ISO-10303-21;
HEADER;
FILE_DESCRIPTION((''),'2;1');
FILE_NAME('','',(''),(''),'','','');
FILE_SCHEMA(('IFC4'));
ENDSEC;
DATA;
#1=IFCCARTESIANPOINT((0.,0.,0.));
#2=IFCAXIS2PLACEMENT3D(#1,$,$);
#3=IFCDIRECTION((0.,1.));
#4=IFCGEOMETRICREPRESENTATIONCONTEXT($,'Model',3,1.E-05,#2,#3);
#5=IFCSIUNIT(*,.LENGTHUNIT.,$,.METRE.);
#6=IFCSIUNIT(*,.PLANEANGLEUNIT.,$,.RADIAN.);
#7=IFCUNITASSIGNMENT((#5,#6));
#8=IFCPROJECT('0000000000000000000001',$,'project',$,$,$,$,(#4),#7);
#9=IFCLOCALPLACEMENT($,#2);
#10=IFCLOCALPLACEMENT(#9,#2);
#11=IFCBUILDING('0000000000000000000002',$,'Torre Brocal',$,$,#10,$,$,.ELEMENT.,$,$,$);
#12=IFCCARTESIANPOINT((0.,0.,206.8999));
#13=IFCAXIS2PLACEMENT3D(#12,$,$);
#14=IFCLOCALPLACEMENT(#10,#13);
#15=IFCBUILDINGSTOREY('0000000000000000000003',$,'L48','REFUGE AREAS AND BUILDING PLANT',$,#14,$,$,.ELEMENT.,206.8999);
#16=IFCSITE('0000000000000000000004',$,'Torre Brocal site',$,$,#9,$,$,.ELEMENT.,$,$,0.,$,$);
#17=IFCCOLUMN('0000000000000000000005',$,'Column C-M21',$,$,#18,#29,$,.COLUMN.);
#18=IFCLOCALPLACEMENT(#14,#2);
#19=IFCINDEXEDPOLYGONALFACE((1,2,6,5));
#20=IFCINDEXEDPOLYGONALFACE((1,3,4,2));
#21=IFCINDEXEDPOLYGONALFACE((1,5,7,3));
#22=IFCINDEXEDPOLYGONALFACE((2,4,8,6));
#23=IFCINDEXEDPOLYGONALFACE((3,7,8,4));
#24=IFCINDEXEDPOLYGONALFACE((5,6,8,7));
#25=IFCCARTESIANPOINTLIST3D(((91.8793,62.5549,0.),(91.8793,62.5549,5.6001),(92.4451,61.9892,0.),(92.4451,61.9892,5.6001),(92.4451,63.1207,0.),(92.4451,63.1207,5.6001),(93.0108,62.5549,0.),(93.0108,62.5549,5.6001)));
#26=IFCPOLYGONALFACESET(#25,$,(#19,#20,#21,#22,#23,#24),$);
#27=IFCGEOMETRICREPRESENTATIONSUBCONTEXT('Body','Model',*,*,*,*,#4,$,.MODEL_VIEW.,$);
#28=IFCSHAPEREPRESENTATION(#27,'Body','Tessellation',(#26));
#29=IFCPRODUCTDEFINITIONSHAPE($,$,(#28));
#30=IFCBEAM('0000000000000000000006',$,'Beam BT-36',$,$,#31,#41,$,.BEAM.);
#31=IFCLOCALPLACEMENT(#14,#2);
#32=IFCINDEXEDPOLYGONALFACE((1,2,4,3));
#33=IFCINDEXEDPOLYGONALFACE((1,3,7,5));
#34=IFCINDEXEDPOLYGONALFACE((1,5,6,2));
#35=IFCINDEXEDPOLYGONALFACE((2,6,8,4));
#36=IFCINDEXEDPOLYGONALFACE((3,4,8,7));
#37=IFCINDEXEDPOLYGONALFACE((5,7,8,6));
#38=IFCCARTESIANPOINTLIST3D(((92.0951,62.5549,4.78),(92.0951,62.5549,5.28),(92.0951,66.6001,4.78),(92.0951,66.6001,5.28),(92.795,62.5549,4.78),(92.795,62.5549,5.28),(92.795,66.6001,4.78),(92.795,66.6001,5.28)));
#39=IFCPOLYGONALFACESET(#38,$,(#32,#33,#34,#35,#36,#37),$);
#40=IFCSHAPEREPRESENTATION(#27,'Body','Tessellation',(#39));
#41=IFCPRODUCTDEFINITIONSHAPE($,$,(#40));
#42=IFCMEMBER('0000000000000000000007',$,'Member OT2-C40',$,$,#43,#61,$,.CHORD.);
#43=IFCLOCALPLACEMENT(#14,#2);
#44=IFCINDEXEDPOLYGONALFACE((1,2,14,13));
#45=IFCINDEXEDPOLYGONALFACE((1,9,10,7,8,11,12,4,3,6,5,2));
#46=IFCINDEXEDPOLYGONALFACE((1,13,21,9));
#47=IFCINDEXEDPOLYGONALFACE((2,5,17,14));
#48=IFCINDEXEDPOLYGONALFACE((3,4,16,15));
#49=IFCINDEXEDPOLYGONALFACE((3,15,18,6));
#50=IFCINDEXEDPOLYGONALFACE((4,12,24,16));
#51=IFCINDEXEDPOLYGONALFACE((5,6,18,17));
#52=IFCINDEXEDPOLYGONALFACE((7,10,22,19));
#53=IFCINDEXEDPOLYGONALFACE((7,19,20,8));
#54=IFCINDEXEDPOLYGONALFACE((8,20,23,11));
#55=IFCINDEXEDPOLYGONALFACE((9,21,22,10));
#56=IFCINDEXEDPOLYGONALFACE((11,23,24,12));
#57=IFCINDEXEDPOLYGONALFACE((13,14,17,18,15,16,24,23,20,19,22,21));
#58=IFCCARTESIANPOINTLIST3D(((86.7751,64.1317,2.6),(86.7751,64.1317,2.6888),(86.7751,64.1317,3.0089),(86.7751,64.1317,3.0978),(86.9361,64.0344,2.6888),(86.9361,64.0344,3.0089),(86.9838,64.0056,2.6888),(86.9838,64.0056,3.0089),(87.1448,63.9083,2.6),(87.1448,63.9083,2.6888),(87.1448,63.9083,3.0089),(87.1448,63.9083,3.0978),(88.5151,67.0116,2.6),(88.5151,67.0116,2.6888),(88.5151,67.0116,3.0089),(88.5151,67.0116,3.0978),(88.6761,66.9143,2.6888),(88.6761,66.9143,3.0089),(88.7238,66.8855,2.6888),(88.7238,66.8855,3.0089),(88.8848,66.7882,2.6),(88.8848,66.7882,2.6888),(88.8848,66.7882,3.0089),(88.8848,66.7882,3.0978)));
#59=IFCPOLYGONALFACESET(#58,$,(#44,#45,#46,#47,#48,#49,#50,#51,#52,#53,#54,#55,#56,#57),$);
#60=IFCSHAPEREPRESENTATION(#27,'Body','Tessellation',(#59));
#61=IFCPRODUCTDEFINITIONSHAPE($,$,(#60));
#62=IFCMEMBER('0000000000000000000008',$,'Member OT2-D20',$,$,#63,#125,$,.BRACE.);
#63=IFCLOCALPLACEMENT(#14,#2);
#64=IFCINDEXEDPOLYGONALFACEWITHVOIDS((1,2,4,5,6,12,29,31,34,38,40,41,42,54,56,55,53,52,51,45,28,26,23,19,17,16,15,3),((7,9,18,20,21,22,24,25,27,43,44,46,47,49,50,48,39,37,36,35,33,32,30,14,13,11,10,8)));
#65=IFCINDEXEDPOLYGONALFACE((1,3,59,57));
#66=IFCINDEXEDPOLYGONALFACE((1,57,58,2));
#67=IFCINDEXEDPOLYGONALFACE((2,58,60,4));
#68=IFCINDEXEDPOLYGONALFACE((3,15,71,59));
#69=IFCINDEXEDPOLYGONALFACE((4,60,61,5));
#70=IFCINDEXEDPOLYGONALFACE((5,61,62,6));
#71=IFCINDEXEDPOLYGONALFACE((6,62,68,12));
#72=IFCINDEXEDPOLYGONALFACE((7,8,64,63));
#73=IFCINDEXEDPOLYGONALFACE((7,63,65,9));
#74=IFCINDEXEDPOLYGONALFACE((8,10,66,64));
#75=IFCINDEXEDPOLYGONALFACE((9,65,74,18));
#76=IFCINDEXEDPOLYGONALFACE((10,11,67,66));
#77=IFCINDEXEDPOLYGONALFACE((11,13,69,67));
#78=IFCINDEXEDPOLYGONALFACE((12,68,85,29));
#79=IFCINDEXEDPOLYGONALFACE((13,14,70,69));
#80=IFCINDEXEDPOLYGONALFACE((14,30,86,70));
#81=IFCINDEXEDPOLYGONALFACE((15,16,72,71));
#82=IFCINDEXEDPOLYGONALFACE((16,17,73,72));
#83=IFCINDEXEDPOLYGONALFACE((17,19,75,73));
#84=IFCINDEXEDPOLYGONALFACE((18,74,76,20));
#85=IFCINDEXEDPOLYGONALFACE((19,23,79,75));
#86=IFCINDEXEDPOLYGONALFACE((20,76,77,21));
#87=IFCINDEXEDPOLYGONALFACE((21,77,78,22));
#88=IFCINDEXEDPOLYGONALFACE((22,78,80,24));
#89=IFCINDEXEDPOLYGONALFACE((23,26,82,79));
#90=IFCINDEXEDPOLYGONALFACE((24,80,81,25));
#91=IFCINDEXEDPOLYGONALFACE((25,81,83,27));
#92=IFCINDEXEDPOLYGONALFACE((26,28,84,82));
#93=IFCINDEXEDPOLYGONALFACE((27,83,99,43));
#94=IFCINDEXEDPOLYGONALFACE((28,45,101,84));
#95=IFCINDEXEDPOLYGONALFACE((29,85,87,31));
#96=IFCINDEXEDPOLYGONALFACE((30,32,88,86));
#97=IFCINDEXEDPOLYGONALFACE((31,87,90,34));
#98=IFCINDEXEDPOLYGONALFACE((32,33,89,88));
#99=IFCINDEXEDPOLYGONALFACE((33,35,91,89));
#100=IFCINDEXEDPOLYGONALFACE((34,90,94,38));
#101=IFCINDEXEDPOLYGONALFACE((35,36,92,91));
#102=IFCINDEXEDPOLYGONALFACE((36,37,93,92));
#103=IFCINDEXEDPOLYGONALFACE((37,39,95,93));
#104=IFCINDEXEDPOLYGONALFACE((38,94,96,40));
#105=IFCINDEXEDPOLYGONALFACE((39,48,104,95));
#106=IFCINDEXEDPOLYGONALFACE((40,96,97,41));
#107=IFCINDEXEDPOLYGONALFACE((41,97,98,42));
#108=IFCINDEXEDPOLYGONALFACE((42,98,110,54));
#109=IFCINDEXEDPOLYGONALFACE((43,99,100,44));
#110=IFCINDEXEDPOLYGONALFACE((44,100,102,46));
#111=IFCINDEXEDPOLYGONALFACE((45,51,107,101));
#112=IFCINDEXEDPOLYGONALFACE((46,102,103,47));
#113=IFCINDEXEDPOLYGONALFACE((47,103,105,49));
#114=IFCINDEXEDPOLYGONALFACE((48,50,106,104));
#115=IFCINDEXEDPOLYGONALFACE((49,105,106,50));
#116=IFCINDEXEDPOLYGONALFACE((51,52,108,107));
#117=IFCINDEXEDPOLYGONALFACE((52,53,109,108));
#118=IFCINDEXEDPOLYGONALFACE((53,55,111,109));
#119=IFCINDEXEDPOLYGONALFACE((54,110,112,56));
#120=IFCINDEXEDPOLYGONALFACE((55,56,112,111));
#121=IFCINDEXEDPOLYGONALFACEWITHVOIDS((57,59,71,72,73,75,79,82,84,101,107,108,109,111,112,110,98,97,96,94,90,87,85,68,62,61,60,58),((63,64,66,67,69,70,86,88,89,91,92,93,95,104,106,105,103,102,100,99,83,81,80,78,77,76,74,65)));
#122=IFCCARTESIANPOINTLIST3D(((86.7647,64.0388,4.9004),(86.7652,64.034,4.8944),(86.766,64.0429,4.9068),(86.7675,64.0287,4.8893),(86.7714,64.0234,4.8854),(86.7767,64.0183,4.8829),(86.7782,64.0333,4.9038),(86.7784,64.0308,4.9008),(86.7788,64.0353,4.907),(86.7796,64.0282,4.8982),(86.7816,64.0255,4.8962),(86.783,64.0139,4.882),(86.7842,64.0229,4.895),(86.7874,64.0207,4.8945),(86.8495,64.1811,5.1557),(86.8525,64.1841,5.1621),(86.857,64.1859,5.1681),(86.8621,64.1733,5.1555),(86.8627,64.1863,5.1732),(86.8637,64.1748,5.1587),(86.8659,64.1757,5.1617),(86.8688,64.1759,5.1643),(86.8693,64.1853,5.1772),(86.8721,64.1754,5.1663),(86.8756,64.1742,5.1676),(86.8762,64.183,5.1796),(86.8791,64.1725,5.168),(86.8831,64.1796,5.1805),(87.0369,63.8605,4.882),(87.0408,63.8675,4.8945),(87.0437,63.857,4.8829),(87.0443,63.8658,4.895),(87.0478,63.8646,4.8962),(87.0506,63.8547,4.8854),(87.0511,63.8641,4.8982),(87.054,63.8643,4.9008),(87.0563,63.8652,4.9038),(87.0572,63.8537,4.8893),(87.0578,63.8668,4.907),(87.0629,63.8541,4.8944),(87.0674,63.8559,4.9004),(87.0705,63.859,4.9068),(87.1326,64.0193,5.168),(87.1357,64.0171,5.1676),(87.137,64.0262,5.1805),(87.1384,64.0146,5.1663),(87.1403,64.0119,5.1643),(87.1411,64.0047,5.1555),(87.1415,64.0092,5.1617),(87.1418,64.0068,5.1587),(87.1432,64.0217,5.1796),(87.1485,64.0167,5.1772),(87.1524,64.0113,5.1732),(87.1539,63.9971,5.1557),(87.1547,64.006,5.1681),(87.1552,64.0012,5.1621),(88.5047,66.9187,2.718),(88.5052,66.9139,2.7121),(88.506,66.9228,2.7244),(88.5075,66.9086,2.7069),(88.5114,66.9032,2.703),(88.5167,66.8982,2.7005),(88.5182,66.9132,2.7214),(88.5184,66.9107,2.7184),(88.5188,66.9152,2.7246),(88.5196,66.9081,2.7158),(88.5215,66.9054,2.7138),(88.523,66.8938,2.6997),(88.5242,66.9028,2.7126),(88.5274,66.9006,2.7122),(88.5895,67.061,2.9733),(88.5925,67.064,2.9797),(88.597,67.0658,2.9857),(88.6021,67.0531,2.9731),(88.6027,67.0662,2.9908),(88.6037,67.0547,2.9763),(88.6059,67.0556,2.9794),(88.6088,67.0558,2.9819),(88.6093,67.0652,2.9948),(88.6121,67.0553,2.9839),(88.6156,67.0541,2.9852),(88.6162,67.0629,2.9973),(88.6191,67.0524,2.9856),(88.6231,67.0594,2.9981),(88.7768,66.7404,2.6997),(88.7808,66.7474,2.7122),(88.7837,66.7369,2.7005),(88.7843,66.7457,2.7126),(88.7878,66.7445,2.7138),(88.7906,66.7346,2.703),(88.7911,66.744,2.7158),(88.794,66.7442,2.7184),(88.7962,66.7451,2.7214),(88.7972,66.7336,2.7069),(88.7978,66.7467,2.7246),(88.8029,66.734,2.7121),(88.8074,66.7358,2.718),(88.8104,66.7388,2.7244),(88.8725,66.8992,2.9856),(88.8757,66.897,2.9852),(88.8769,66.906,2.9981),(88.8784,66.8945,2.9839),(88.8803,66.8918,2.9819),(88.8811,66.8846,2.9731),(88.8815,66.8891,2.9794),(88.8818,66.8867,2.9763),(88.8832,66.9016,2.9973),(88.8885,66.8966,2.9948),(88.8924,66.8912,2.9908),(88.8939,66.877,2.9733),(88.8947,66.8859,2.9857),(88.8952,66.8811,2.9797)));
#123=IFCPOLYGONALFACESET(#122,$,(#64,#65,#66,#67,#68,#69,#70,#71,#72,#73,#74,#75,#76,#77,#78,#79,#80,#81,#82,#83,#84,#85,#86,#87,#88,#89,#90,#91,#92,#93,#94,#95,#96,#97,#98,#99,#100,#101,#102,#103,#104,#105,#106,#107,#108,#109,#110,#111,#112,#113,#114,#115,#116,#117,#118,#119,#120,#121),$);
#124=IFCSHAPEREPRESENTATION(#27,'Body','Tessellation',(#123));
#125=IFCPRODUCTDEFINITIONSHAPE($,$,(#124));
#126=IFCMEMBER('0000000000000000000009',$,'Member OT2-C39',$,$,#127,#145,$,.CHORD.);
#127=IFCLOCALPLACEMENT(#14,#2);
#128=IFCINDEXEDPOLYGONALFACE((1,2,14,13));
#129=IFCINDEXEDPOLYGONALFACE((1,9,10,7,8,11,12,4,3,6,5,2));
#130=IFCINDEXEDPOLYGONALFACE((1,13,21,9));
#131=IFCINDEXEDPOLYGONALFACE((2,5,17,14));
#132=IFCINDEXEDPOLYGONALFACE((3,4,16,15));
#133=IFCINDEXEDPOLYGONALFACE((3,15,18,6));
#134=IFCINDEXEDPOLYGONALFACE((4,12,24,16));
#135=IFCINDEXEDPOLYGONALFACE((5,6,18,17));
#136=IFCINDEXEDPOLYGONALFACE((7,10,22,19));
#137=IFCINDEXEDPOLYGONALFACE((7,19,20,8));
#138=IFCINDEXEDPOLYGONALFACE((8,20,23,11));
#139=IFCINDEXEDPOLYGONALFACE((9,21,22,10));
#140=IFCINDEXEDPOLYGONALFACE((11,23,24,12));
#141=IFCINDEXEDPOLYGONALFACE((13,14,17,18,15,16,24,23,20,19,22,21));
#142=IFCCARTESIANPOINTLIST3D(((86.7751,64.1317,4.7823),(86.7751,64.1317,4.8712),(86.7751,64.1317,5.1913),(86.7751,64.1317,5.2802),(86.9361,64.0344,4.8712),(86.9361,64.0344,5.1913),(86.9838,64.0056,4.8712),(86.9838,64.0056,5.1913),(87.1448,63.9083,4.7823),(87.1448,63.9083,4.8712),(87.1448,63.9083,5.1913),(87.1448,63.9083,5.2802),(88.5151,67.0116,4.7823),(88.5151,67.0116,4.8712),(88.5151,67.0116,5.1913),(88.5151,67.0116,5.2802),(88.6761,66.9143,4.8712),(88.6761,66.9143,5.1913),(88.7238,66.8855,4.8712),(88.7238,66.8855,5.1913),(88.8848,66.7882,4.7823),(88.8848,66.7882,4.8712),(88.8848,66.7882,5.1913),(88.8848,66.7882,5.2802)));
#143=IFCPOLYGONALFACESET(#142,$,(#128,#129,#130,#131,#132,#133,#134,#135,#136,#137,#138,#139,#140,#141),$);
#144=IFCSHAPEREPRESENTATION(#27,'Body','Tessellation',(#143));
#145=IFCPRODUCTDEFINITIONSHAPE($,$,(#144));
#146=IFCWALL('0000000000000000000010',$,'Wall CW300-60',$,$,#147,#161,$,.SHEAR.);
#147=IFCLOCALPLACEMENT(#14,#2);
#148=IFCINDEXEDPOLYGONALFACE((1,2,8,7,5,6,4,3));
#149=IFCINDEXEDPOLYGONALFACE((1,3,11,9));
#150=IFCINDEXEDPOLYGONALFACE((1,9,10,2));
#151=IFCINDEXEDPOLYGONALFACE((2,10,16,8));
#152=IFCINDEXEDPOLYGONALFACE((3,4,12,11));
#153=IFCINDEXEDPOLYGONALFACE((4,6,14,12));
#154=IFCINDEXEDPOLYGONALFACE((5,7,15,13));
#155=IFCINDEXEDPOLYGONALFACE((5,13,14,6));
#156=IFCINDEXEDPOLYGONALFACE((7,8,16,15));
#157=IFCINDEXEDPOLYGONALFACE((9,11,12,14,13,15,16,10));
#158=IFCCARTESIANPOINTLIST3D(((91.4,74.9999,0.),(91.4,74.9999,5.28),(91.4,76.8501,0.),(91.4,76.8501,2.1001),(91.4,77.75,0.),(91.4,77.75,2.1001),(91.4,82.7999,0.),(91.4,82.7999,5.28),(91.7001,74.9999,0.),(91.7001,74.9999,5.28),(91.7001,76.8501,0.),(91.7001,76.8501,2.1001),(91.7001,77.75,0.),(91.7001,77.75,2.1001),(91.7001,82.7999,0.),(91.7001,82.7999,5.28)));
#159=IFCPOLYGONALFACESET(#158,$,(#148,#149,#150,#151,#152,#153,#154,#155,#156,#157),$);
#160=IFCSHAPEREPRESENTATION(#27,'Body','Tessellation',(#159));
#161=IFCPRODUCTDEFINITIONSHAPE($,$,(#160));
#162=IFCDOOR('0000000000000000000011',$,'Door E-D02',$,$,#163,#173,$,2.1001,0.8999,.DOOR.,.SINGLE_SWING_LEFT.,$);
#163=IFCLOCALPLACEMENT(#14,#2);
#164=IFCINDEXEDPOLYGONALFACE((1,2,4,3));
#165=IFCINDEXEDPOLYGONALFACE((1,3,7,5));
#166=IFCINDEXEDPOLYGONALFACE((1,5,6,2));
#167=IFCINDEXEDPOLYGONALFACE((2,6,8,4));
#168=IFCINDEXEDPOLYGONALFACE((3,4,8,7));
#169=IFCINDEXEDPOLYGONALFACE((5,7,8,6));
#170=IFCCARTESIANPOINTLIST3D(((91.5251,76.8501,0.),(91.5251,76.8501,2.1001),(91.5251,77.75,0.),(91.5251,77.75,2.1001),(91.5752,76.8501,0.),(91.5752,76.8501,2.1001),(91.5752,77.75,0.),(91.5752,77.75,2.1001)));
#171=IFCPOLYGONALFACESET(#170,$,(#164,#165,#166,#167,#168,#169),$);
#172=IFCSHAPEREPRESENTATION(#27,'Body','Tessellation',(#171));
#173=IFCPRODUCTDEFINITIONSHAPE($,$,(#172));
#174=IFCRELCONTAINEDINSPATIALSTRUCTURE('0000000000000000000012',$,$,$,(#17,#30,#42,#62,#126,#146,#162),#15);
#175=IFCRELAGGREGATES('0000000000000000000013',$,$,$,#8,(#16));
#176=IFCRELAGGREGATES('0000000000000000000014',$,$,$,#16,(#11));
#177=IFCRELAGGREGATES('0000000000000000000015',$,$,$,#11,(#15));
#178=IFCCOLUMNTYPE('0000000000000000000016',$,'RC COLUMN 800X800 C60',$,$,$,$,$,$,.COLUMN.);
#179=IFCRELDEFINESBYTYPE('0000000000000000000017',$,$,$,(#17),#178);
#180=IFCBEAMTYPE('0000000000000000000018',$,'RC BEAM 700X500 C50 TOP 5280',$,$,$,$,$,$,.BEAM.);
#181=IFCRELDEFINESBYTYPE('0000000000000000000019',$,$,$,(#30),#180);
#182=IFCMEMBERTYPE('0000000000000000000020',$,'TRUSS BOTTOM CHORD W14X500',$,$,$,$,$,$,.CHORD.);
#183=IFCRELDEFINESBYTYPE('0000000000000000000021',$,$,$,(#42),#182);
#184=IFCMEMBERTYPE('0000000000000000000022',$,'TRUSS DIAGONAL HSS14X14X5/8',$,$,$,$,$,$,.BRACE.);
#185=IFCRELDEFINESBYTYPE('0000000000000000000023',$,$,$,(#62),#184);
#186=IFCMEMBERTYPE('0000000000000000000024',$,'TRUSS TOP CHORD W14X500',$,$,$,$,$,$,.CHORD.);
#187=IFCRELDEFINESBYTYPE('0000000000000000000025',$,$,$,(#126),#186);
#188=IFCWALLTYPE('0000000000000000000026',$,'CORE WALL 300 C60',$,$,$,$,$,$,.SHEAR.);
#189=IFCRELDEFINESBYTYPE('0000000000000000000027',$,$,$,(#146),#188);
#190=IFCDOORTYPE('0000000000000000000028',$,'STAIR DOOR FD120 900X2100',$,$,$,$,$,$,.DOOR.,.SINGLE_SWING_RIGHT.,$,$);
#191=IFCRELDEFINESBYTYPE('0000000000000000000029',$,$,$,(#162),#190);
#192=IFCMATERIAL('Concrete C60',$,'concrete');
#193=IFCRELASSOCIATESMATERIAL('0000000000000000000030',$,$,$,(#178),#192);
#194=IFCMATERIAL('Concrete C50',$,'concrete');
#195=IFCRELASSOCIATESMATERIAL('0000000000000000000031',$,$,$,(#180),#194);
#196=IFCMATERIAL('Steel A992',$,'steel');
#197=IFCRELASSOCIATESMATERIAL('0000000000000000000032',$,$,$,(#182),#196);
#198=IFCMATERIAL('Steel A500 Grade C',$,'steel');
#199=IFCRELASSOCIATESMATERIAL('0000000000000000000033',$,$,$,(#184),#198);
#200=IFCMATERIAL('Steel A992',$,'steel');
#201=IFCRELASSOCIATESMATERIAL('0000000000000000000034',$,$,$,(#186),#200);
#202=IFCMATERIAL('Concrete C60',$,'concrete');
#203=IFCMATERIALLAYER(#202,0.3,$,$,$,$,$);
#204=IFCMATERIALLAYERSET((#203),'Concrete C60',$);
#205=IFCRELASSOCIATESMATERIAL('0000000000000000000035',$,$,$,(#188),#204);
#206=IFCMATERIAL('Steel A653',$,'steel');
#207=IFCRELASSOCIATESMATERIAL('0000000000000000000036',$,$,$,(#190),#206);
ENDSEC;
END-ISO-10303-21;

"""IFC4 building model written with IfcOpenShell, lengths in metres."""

from ifc_helpers import new_model, si_unit, direction, frame, frame_2d, origin, origin_2d, place, context, subcontext, project, spatial, rectangle, hollow_rectangle, i_section, extrude, material, layer, layer_set, material_profile, profile_set, type_object, element, fill, save


model = new_model("IFC4")

# Units and contexts
model_context = context("Model", 3, precision=1e-05, world=origin(), true_north=direction((0.0, 1.0)))
body_context = subcontext(model_context, "Body", "Model", "MODEL_VIEW")
ifc_project = project(units=[si_unit("LENGTHUNIT", "METRE"), si_unit("PLANEANGLEUNIT", "RADIAN")], contexts=[model_context])

# Site, building, storey
site_placement = place(None, origin())
site = spatial("IfcSite", under=ifc_project, at=site_placement, Name="Torre Brocal site", CompositionType="ELEMENT", RefElevation=0.0)
building_placement = place(site_placement, origin())
building = spatial("IfcBuilding", under=site, at=building_placement, Name="Torre Brocal", CompositionType="ELEMENT")
storey_placement = place(building_placement, frame((0.0, 0.0, 206.8999)))
storey = spatial("IfcBuildingStorey", under=building, at=storey_placement, Name="L48", Description="REFUGE AREAS AND BUILDING PLANT", CompositionType="ELEMENT", Elevation=206.8999)

# Column
ifc_material_1 = material(Name="Concrete C60", Category="concrete")
ifc_material_profile_1 = material_profile(ifc_material_1, rectangle(XDim=0.8, YDim=0.8, at=origin_2d()), Name="RC 800X800")
ifc_profile_set_1 = profile_set([ifc_material_profile_1], Name="Concrete C60")
column_type = type_object("IfcColumnType", Name="RC COLUMN 800X800 C60", PredefinedType="COLUMN", material=ifc_profile_set_1)
column_placement = place(storey_placement, frame((92.4451, 62.5549, 0.0), z_axis=(0.0, 0.0, 1.0), x_axis=(0.707107, -0.707107, 0.0)))
element("IfcColumn", 1, at=column_placement, inside=storey, type_object=column_type, Name="Column C-M21", PredefinedType="COLUMN", context=body_context, shape_type="SweptSolid", body=[
    extrude(rectangle(XDim=0.8, YDim=0.8, at=origin_2d()), origin(), (0.0, 0.0, 1.0), 5.6001),
])

# Beam
ifc_material_2 = material(Name="Concrete C50", Category="concrete")
ifc_material_profile_2 = material_profile(ifc_material_2, rectangle(XDim=0.7, YDim=0.5, at=origin_2d()), Name="RC 700X500")
ifc_profile_set_2 = profile_set([ifc_material_profile_2], Name="Concrete C50")
beam_type = type_object("IfcBeamType", Name="RC BEAM 700X500 C50 TOP 5280", PredefinedType="BEAM", material=ifc_profile_set_2)
beam_placement = place(storey_placement, frame((92.4451, 62.5549, 5.03), z_axis=(0.0, 1.0, 0.0), x_axis=(-1.0, 0.0, 0.0)))
element("IfcBeam", 2, at=beam_placement, inside=storey, type_object=beam_type, Name="Beam BT-36", PredefinedType="BEAM", context=body_context, shape_type="SweptSolid", body=[
    extrude(rectangle(XDim=0.7, YDim=0.5, at=origin_2d()), origin(), (0.0, 0.0, 1.0), 4.0452),
])

# Members
ifc_material_3 = material(Name="Steel A992", Category="steel")
ifc_material_profile_3 = material_profile(ifc_material_3, i_section(OverallWidth=0.4319, OverallDepth=0.4978, WebThickness=0.0557, FlangeThickness=0.0889, at=origin_2d()), Name="W14X500")
ifc_profile_set_3 = profile_set([ifc_material_profile_3], Name="Steel A992")
member_type_1 = type_object("IfcMemberType", Name="TRUSS BOTTOM CHORD W14X500", PredefinedType="CHORD", material=ifc_profile_set_3)
member_1_placement = place(storey_placement, frame((88.7, 66.8999, 2.8489), z_axis=(-0.517129, -0.855908, 0.0), x_axis=(0.855908, -0.517129, 0.0)))
element("IfcMember", 3, at=member_1_placement, inside=storey, type_object=member_type_1, Name="Member OT2-C40", PredefinedType="CHORD", context=body_context, shape_type="SweptSolid", body=[
    extrude(i_section(OverallWidth=0.4319, OverallDepth=0.4978, WebThickness=0.0557, FlangeThickness=0.0889, at=origin_2d()), origin(), (0.0, 0.0, 1.0), 3.3647),
])
ifc_material_4 = material(Name="Steel A500 Grade C", Category="steel")
ifc_material_profile_4 = material_profile(ifc_material_4, hollow_rectangle(XDim=0.3557, YDim=0.3557, WallThickness=0.0149, InnerFilletRadius=0.0149, OuterFilletRadius=0.0295, at=origin_2d()), Name="HSS14X14X5/8")
ifc_profile_set_4 = profile_set([ifc_material_profile_4], Name="Steel A500 Grade C")
member_type_2 = type_object("IfcMemberType", Name="TRUSS DIAGONAL HSS14X14X5/8", PredefinedType="BRACE", material=ifc_profile_set_4)
member_2_placement = place(storey_placement, frame((88.7, 66.8999, 2.8489), z_axis=(-0.43386, -0.718087, 0.544166), x_axis=(0.855908, -0.517129, 0.0)))
element("IfcMember", 4, at=member_2_placement, inside=storey, type_object=member_type_2, Name="Member OT2-D20", PredefinedType="BRACE", context=body_context, shape_type="SweptSolid", body=[
    extrude(hollow_rectangle(XDim=0.3557, YDim=0.3557, WallThickness=0.0149, InnerFilletRadius=0.0149, OuterFilletRadius=0.0295, at=origin_2d()), origin(), (0.0, 0.0, 1.0), 4.0105),
])
ifc_material_5 = material(Name="Steel A992", Category="steel")
ifc_material_profile_5 = material_profile(ifc_material_5, i_section(OverallWidth=0.4319, OverallDepth=0.4978, WebThickness=0.0557, FlangeThickness=0.0889, at=origin_2d()), Name="W14X500")
ifc_profile_set_5 = profile_set([ifc_material_profile_5], Name="Steel A992")
member_type_3 = type_object("IfcMemberType", Name="TRUSS TOP CHORD W14X500", PredefinedType="CHORD", material=ifc_profile_set_5)
member_3_placement = place(storey_placement, frame((88.7, 66.8999, 5.0312), z_axis=(-0.517129, -0.855908, 0.0), x_axis=(0.855908, -0.517129, 0.0)))
element("IfcMember", 5, at=member_3_placement, inside=storey, type_object=member_type_3, Name="Member OT2-C39", PredefinedType="CHORD", context=body_context, shape_type="SweptSolid", body=[
    extrude(i_section(OverallWidth=0.4319, OverallDepth=0.4978, WebThickness=0.0557, FlangeThickness=0.0889, at=origin_2d()), origin(), (0.0, 0.0, 1.0), 3.3647),
])

# Wall, opening, door
ifc_material_6 = material(Name="Concrete C60", Category="concrete")
ifc_layer_1 = layer(ifc_material_6, 0.3)
ifc_layer_set_1 = layer_set([ifc_layer_1], Name="Concrete C60")
wall_type_1 = type_object("IfcWallType", Name="CORE WALL 300 C60", PredefinedType="SHEAR", material=ifc_layer_set_1)
wall_1_placement = place(storey_placement, frame((91.55, 75.0, 0.0), z_axis=(0.0, 0.0, 1.0), x_axis=(0.0, 1.0, 0.0)))
wall_1 = element("IfcWall", 6, at=wall_1_placement, inside=storey, type_object=wall_type_1, Name="Wall CW300-60", PredefinedType="SHEAR", context=body_context, shape_type="SweptSolid", body=[
    extrude(rectangle(XDim=7.8, YDim=0.3, at=frame_2d((3.8999, 0.0))), origin(), (0.0, 0.0, 1.0), 5.28),
])
opening_1_placement = place(wall_1_placement, frame((1.8501, 0.0, 0.0)))
opening_1 = element("IfcOpeningElement", 7, at=opening_1_placement, cuts=wall_1, PredefinedType="OPENING", context=body_context, shape_type="SweptSolid", body=[
    extrude(rectangle(XDim=0.8999, YDim=2.1001, at=frame_2d((0.45, 1.05))), frame((0.0, 0.1599, 0.0), z_axis=(0.0, -1.0, 0.0), x_axis=(1.0, 0.0, 0.0)), (0.0, 0.0, 1.0), 0.3201),
])
ifc_material_7 = material(Name="Steel A653", Category="steel")
door_type_1 = type_object("IfcDoorType", Name="STAIR DOOR FD120 900X2100", OperationType="SINGLE_SWING_RIGHT", PredefinedType="DOOR", material=ifc_material_7)
door_1_placement = place(opening_1_placement, origin())
door_1 = element("IfcDoor", 8, at=door_1_placement, inside=storey, type_object=door_type_1, Name="Door E-D02", OperationType="SINGLE_SWING_LEFT", OverallHeight=2.1001, OverallWidth=0.8999, PredefinedType="DOOR", context=body_context, shape_type="SweptSolid", body=[
    extrude(rectangle(XDim=0.8999, YDim=2.1001, at=frame_2d((0.45, 1.05))), frame((0.0, 0.0249, 0.0), z_axis=(0.0, -1.0, 0.0), x_axis=(1.0, 0.0, 0.0)), (0.0, 0.0, 1.0), 0.05),
])
fill(opening_1, door_1)

save(model, "model.ifc")
